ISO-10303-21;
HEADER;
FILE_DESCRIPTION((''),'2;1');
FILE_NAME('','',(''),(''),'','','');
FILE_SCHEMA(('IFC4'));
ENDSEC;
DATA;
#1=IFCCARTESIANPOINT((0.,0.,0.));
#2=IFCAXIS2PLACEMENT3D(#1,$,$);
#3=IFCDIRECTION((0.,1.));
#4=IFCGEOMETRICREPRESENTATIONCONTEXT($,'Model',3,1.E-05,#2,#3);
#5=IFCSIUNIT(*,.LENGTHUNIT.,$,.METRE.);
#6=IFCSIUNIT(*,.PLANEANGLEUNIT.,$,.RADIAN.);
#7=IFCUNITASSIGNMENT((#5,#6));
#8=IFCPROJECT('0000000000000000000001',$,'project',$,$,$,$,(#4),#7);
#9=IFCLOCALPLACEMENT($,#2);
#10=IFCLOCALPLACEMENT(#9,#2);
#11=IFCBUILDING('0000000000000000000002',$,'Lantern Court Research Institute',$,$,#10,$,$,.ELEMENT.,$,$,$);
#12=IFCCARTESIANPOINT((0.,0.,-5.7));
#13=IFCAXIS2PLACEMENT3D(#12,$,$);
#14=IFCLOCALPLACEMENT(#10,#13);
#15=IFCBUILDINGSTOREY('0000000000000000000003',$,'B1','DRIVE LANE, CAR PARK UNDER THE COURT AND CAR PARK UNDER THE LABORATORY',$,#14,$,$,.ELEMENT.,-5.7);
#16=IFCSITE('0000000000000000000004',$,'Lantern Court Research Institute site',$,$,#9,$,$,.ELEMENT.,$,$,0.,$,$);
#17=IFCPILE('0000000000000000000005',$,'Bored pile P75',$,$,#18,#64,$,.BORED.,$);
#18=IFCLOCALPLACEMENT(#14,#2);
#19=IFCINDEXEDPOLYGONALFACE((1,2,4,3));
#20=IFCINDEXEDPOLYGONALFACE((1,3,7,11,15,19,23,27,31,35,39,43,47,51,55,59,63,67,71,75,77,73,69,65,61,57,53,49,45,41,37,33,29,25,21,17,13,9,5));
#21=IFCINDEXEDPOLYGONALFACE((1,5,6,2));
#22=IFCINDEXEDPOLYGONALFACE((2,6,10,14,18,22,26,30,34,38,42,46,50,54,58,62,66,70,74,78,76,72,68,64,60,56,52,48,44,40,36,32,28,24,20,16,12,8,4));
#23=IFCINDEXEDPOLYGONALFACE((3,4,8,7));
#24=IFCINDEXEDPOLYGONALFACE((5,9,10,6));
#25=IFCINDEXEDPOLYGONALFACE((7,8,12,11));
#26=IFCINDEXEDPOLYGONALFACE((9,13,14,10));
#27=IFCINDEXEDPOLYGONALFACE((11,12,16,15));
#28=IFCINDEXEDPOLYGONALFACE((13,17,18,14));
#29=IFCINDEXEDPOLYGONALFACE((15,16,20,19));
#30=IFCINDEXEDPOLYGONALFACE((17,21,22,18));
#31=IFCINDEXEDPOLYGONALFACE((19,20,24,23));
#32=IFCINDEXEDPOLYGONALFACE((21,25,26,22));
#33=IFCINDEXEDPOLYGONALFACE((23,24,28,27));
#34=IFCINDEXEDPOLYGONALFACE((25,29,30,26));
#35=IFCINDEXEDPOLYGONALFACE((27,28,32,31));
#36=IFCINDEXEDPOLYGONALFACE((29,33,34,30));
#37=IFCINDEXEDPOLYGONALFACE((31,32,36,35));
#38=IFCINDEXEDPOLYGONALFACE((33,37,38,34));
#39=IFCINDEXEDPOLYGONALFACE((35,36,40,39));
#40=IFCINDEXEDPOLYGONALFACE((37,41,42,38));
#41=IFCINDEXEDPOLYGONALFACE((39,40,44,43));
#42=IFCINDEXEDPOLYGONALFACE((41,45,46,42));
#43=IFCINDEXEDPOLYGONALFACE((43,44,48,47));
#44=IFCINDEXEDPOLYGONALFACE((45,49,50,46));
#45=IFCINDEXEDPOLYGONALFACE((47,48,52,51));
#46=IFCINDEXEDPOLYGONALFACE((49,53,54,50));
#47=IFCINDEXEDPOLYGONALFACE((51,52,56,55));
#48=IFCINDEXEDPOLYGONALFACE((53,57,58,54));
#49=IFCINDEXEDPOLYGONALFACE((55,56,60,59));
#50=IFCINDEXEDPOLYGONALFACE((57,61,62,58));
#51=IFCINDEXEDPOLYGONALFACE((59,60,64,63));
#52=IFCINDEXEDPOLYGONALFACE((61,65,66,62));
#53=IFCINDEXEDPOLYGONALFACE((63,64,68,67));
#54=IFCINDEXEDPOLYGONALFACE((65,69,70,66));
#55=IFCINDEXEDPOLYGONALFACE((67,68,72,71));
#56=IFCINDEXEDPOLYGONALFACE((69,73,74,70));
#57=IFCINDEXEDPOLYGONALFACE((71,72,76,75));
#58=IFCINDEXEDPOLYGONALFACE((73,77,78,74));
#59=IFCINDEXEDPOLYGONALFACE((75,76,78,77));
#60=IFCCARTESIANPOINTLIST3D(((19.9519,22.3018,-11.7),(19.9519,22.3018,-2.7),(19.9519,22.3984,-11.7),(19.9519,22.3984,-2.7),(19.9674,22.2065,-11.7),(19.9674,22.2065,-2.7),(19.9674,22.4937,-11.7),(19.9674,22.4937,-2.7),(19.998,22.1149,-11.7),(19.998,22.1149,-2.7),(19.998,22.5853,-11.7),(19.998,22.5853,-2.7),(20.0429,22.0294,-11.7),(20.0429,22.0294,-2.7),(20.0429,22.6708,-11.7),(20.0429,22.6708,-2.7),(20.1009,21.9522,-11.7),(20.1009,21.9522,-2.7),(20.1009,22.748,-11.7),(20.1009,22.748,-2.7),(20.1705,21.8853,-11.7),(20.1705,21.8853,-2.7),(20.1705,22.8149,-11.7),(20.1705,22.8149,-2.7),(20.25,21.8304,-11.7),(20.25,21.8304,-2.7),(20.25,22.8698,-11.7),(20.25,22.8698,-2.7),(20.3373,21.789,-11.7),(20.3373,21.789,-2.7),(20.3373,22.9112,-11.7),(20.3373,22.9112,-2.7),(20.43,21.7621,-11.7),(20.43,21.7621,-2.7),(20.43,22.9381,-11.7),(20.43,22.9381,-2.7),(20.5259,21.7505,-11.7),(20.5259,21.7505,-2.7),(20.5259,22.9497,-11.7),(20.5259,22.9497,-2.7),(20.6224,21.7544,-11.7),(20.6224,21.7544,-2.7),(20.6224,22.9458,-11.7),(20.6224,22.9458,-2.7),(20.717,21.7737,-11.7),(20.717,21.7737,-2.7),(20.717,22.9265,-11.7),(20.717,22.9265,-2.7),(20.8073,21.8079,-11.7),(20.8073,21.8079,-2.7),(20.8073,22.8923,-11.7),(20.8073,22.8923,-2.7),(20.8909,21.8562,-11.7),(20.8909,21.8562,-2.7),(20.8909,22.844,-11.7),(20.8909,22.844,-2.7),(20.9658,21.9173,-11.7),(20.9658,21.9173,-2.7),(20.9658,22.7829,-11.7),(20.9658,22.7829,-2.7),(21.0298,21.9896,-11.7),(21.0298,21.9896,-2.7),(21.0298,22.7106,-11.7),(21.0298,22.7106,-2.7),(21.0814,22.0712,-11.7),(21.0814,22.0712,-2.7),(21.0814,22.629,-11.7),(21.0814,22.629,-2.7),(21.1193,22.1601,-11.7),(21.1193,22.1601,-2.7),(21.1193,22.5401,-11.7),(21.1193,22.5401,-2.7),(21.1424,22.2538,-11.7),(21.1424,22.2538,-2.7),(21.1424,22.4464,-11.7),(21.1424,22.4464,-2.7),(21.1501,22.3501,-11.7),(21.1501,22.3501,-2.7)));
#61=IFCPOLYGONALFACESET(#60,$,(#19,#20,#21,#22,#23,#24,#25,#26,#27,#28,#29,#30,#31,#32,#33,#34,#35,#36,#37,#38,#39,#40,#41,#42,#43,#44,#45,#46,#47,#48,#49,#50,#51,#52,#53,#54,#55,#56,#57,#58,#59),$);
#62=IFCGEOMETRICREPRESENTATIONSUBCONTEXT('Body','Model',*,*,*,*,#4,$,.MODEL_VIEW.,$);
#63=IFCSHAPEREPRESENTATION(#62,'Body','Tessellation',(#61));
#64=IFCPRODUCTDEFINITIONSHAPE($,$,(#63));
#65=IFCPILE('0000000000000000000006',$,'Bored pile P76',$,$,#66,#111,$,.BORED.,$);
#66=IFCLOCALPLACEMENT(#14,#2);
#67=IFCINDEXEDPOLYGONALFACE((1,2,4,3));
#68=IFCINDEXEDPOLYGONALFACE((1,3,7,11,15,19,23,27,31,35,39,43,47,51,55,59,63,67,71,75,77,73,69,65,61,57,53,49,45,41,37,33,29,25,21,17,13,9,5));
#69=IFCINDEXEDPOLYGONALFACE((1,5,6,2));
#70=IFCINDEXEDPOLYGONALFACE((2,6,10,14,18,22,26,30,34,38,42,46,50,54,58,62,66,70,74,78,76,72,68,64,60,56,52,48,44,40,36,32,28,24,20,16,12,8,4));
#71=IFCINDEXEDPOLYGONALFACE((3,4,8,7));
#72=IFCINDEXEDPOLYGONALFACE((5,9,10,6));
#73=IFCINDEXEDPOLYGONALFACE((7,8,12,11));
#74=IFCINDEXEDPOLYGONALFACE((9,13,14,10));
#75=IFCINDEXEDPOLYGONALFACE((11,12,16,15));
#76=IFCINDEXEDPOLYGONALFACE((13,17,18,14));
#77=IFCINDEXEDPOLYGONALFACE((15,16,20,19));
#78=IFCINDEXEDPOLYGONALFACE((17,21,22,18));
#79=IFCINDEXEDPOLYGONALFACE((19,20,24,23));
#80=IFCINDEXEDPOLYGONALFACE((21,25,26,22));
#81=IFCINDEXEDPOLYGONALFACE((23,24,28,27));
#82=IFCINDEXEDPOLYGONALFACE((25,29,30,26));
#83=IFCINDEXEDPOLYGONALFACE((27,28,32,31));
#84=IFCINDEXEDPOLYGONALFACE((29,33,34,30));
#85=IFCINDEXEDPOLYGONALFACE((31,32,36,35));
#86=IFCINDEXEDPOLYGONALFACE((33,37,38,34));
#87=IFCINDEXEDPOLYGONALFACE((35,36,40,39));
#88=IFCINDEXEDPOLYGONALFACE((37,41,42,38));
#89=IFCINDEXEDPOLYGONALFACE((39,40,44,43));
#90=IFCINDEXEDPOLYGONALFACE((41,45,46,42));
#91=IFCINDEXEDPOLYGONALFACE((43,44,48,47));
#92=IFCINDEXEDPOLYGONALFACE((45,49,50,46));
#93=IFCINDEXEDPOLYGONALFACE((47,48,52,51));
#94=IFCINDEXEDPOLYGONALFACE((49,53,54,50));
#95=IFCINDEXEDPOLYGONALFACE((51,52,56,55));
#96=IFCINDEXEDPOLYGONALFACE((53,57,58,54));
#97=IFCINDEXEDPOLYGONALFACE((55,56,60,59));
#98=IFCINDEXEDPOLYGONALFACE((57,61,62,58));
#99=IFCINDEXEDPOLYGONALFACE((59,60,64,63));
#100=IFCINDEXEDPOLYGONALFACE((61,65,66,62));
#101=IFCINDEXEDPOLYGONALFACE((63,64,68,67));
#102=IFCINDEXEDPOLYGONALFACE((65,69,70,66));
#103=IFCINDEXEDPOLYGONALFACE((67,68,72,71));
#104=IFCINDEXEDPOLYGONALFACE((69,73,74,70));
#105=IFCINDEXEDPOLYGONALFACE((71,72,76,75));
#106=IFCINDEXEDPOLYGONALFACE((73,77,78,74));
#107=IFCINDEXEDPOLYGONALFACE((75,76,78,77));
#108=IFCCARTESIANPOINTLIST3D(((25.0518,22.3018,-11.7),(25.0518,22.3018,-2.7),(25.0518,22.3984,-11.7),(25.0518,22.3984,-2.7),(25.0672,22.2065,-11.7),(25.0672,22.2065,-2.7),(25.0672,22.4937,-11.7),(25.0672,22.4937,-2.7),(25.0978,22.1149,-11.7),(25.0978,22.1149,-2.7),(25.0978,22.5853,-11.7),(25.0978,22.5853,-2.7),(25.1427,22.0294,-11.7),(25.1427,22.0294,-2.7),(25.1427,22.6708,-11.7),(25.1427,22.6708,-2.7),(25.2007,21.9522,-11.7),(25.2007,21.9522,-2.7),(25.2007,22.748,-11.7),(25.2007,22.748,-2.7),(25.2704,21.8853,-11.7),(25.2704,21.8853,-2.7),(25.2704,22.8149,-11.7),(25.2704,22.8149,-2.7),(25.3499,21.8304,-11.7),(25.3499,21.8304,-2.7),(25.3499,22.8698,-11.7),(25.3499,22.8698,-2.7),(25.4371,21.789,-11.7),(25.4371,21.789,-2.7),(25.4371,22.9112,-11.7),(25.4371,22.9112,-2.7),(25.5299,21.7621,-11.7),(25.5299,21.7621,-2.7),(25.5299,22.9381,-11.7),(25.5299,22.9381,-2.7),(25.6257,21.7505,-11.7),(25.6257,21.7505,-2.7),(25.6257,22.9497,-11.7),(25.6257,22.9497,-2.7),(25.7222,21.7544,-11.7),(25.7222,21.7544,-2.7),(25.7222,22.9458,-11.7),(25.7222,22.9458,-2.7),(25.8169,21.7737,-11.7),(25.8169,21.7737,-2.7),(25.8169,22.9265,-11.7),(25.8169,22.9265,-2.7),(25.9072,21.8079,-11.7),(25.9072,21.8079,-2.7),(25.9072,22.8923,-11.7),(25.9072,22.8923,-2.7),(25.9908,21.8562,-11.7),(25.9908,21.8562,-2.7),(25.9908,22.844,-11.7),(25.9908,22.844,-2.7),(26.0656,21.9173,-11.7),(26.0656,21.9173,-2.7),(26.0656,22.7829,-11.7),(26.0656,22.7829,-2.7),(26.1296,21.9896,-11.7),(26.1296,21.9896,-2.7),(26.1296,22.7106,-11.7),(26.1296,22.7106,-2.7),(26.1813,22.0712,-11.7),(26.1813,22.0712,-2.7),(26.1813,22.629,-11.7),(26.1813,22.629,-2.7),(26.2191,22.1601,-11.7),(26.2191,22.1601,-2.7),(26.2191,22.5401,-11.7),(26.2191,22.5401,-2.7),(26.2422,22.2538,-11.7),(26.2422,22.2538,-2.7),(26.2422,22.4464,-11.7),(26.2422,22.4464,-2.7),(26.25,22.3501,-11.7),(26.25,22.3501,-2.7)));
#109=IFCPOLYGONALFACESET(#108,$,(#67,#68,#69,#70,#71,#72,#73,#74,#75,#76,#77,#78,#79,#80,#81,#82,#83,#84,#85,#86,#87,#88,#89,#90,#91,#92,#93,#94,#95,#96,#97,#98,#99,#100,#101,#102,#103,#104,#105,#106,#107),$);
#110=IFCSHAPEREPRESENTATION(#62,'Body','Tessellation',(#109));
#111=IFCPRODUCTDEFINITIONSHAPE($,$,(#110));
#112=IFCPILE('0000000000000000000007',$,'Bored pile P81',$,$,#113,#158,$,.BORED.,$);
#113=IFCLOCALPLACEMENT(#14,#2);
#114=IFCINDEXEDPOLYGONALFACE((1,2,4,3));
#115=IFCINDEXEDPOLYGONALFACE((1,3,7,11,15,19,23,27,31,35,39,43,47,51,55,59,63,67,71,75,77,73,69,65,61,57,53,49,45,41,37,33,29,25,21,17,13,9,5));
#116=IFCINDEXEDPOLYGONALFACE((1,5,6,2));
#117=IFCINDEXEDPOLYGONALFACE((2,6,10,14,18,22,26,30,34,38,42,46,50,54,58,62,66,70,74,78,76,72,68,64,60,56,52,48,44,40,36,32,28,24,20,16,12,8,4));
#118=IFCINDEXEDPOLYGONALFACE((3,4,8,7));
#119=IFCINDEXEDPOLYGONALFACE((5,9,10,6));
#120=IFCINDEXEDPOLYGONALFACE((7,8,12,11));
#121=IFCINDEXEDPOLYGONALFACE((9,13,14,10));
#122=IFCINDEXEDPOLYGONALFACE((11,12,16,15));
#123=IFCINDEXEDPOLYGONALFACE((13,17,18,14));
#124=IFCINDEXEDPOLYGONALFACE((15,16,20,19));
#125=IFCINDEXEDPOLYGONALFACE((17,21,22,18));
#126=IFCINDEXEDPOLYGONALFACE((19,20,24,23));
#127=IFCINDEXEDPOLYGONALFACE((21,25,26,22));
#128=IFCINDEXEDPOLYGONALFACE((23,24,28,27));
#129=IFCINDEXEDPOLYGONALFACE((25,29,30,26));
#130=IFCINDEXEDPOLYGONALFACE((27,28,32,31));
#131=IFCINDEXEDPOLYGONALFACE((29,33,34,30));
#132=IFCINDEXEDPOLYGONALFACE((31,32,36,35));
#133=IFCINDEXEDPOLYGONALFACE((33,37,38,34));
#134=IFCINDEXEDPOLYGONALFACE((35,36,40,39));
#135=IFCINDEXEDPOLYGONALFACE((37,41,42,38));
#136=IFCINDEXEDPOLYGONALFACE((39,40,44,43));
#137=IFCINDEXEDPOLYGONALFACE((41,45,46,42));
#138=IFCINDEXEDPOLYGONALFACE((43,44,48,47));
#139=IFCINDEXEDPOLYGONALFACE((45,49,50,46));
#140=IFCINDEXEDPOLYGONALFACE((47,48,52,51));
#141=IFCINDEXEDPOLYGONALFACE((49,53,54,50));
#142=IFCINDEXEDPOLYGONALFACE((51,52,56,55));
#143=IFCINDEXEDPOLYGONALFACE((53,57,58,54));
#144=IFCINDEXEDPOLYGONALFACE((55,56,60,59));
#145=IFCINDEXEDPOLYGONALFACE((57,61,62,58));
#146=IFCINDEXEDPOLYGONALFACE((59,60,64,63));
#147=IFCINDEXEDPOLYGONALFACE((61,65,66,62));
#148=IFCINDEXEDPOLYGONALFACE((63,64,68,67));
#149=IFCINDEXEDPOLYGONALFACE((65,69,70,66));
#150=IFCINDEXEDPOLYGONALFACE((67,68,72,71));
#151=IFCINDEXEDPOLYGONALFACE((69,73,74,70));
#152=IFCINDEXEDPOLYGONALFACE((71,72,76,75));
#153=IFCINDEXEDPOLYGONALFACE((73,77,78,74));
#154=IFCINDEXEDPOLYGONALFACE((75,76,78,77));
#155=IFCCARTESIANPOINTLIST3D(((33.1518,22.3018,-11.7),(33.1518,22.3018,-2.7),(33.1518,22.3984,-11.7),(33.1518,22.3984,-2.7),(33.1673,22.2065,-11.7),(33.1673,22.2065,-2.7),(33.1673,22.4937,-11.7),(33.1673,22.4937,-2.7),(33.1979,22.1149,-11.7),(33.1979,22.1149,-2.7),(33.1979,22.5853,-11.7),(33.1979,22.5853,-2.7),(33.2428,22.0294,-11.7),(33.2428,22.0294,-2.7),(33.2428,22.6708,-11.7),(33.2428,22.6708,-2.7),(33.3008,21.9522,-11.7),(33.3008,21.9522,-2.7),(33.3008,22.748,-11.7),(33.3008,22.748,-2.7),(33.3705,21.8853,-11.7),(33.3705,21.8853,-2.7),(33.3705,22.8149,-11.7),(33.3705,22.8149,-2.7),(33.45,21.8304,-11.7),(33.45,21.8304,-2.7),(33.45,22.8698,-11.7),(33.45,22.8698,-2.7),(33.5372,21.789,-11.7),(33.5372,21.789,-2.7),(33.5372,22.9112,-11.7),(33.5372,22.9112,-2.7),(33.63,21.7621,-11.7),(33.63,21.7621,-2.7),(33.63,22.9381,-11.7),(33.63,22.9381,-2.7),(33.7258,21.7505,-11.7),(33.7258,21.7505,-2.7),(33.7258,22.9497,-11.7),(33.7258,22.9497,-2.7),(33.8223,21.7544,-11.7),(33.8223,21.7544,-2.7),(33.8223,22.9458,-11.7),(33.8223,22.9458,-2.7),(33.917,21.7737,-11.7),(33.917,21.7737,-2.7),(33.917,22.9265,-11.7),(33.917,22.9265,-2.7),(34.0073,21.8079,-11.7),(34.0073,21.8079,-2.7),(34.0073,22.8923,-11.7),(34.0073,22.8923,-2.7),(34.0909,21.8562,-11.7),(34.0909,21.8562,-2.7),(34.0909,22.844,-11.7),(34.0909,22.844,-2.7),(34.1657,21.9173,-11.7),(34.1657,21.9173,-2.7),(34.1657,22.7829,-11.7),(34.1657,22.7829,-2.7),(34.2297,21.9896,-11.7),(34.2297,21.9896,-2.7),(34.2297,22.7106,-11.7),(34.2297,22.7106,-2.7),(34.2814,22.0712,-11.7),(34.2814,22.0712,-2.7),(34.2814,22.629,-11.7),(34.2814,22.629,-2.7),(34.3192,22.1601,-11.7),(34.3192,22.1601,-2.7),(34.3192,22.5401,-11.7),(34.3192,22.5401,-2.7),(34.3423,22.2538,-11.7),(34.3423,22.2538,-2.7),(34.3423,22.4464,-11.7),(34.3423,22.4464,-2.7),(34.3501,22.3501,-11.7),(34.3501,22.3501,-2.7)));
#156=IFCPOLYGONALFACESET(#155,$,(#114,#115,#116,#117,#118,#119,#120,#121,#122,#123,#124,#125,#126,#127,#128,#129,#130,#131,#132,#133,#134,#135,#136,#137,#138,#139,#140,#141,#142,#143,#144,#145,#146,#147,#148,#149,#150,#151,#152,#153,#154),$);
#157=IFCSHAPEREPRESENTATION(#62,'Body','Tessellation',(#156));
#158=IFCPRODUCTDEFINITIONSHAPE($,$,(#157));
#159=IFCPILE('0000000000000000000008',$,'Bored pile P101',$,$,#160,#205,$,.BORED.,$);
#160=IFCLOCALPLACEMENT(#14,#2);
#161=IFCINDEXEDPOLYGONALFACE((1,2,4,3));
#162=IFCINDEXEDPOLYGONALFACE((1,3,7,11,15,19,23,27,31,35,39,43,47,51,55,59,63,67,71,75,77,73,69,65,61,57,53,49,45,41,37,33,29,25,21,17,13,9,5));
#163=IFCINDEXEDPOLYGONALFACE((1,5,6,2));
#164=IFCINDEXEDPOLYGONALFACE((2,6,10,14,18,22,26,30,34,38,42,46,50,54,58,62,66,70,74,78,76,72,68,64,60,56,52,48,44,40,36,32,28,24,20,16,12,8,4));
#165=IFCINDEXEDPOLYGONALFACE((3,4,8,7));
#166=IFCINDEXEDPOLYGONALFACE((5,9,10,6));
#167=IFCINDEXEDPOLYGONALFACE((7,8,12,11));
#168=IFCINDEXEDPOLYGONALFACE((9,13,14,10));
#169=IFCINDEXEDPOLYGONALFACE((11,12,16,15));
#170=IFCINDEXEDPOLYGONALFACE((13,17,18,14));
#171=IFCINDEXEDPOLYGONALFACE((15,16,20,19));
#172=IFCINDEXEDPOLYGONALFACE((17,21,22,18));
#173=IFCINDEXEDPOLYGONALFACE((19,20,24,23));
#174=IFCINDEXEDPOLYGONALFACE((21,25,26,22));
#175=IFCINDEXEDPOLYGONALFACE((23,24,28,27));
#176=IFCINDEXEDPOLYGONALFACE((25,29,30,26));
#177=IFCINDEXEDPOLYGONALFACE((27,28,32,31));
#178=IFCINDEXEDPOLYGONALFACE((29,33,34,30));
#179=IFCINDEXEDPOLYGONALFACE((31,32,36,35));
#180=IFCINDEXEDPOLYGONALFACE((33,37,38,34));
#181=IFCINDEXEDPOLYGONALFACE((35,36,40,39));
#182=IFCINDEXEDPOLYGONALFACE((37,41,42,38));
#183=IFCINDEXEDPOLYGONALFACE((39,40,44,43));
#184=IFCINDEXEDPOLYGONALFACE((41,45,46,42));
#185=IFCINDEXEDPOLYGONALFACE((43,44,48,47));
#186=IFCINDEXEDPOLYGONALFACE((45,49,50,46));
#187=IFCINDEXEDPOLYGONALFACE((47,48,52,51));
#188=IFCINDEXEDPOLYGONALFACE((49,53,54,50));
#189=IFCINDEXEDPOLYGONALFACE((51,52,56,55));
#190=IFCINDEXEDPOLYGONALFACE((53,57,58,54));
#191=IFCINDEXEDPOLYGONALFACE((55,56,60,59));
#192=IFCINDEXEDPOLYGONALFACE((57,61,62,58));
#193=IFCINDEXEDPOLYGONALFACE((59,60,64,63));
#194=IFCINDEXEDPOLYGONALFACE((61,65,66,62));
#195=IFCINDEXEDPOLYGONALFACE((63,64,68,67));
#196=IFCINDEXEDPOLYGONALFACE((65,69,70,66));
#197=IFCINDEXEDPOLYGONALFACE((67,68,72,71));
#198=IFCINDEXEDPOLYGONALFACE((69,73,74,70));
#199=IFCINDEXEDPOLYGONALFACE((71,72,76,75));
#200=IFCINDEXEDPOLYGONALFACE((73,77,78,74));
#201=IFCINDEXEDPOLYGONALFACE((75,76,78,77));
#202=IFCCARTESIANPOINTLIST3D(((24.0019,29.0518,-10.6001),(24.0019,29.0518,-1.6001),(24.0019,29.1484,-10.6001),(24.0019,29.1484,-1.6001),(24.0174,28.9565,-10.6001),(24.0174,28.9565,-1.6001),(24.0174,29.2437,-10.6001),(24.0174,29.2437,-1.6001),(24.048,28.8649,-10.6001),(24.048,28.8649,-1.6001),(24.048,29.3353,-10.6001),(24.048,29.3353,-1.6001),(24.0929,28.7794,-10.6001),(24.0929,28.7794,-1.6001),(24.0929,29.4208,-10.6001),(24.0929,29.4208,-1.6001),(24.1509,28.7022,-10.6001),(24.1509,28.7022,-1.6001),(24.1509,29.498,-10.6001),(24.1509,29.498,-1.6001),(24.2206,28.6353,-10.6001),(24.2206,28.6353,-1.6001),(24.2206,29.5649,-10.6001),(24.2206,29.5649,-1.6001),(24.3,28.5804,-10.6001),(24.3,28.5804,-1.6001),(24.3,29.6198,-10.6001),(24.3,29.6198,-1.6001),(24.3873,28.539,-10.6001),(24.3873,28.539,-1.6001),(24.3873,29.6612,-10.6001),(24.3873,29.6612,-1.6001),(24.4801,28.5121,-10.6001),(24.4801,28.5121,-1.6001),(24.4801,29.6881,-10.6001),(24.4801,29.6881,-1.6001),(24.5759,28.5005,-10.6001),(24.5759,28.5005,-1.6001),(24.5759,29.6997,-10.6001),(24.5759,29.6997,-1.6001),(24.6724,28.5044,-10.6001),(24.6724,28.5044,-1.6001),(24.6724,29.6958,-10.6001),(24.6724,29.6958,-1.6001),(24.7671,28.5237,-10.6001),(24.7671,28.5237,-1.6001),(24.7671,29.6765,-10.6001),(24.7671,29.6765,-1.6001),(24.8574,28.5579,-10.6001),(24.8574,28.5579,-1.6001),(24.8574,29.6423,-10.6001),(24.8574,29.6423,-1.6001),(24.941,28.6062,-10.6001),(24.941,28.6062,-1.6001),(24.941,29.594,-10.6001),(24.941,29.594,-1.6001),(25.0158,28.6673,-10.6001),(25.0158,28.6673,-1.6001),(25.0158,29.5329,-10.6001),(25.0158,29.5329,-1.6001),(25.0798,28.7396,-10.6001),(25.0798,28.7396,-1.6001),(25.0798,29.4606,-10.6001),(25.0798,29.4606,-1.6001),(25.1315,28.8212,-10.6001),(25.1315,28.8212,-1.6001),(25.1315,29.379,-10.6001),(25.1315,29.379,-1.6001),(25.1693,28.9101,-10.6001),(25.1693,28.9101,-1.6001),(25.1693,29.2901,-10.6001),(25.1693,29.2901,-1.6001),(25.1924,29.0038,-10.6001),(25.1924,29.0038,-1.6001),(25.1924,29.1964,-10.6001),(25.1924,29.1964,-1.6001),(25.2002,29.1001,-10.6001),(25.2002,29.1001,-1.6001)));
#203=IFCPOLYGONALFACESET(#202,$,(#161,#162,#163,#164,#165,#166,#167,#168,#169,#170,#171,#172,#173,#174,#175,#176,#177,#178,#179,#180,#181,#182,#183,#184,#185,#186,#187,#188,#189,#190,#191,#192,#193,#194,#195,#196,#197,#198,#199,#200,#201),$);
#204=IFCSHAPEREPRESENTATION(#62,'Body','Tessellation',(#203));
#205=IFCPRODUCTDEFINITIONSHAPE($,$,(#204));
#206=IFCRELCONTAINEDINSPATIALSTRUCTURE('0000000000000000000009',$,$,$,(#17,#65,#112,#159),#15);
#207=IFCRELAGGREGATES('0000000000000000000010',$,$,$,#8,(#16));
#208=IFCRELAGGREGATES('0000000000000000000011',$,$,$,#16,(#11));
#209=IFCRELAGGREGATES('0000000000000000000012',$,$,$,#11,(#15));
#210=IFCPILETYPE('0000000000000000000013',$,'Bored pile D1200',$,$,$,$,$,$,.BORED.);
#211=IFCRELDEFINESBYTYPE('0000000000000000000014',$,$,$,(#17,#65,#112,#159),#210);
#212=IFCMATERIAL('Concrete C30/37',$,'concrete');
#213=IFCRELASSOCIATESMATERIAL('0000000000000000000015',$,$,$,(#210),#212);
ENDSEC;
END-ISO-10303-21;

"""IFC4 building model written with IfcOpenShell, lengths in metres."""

from ifc_helpers import new_model, si_unit, direction, frame, origin, origin_2d, place, context, subcontext, project, spatial, circle, extrude, material, material_profile, profile_set, type_object, element, save


model = new_model("IFC4")

# Units and contexts
model_context = context("Model", 3, precision=1e-05, world=origin(), true_north=direction((0.0, 1.0)))
body_context = subcontext(model_context, "Body", "Model", "MODEL_VIEW")
ifc_project = project(units=[si_unit("LENGTHUNIT", "METRE"), si_unit("PLANEANGLEUNIT", "RADIAN")], contexts=[model_context])

# Site, building, storey
site_placement = place(None, origin())
site = spatial("IfcSite", under=ifc_project, at=site_placement, Name="Lantern Court Research Institute site", CompositionType="ELEMENT", RefElevation=0.0)
building_placement = place(site_placement, origin())
building = spatial("IfcBuilding", under=site, at=building_placement, Name="Lantern Court Research Institute", CompositionType="ELEMENT")
storey_placement = place(building_placement, frame((0.0, 0.0, -5.7)))
storey = spatial("IfcBuildingStorey", under=building, at=storey_placement, Name="B1", Description="DRIVE LANE, CAR PARK UNDER THE COURT AND CAR PARK UNDER THE LABORATORY", CompositionType="ELEMENT", Elevation=-5.7)

# Piles
ifc_material_1 = material(Name="Concrete C30/37", Category="concrete")
ifc_material_profile_1 = material_profile(ifc_material_1, circle(Radius=0.6001, at=origin_2d()), Name="Bored pile D1200")
ifc_profile_set_1 = profile_set([ifc_material_profile_1], Name="Concrete C30/37")
pile_type = type_object("IfcPileType", Name="Bored pile D1200", PredefinedType="BORED", material=ifc_profile_set_1)
for number, where, z_axis, x_axis, name in (
    (1, (20.55, 22.3501, -2.7), (0.0, 0.0, -1.0), (1.0, 0.0, 0.0), "Bored pile P75"),
    (2, (25.6499, 22.3501, -2.7), (0.0, 0.0, -1.0), (1.0, 0.0, 0.0), "Bored pile P76"),
    (3, (33.75, 22.3501, -2.7), (0.0, 0.0, -1.0), (1.0, 0.0, 0.0), "Bored pile P81"),
    (4, (24.6001, 29.1001, -1.6001), (0.0, 0.0, -1.0), (1.0, 0.0, 0.0), "Bored pile P101"),
):
    element("IfcPile", number, at=place(storey_placement, frame(where, z_axis=z_axis, x_axis=x_axis)), inside=storey, type_object=pile_type, Name=name, PredefinedType="BORED", context=body_context, shape_type="SweptSolid", body=[
        extrude(circle(Radius=0.6001, at=origin_2d()), origin(), (0.0, 0.0, 1.0), 9.0),
    ])

save(model, "model.ifc")
